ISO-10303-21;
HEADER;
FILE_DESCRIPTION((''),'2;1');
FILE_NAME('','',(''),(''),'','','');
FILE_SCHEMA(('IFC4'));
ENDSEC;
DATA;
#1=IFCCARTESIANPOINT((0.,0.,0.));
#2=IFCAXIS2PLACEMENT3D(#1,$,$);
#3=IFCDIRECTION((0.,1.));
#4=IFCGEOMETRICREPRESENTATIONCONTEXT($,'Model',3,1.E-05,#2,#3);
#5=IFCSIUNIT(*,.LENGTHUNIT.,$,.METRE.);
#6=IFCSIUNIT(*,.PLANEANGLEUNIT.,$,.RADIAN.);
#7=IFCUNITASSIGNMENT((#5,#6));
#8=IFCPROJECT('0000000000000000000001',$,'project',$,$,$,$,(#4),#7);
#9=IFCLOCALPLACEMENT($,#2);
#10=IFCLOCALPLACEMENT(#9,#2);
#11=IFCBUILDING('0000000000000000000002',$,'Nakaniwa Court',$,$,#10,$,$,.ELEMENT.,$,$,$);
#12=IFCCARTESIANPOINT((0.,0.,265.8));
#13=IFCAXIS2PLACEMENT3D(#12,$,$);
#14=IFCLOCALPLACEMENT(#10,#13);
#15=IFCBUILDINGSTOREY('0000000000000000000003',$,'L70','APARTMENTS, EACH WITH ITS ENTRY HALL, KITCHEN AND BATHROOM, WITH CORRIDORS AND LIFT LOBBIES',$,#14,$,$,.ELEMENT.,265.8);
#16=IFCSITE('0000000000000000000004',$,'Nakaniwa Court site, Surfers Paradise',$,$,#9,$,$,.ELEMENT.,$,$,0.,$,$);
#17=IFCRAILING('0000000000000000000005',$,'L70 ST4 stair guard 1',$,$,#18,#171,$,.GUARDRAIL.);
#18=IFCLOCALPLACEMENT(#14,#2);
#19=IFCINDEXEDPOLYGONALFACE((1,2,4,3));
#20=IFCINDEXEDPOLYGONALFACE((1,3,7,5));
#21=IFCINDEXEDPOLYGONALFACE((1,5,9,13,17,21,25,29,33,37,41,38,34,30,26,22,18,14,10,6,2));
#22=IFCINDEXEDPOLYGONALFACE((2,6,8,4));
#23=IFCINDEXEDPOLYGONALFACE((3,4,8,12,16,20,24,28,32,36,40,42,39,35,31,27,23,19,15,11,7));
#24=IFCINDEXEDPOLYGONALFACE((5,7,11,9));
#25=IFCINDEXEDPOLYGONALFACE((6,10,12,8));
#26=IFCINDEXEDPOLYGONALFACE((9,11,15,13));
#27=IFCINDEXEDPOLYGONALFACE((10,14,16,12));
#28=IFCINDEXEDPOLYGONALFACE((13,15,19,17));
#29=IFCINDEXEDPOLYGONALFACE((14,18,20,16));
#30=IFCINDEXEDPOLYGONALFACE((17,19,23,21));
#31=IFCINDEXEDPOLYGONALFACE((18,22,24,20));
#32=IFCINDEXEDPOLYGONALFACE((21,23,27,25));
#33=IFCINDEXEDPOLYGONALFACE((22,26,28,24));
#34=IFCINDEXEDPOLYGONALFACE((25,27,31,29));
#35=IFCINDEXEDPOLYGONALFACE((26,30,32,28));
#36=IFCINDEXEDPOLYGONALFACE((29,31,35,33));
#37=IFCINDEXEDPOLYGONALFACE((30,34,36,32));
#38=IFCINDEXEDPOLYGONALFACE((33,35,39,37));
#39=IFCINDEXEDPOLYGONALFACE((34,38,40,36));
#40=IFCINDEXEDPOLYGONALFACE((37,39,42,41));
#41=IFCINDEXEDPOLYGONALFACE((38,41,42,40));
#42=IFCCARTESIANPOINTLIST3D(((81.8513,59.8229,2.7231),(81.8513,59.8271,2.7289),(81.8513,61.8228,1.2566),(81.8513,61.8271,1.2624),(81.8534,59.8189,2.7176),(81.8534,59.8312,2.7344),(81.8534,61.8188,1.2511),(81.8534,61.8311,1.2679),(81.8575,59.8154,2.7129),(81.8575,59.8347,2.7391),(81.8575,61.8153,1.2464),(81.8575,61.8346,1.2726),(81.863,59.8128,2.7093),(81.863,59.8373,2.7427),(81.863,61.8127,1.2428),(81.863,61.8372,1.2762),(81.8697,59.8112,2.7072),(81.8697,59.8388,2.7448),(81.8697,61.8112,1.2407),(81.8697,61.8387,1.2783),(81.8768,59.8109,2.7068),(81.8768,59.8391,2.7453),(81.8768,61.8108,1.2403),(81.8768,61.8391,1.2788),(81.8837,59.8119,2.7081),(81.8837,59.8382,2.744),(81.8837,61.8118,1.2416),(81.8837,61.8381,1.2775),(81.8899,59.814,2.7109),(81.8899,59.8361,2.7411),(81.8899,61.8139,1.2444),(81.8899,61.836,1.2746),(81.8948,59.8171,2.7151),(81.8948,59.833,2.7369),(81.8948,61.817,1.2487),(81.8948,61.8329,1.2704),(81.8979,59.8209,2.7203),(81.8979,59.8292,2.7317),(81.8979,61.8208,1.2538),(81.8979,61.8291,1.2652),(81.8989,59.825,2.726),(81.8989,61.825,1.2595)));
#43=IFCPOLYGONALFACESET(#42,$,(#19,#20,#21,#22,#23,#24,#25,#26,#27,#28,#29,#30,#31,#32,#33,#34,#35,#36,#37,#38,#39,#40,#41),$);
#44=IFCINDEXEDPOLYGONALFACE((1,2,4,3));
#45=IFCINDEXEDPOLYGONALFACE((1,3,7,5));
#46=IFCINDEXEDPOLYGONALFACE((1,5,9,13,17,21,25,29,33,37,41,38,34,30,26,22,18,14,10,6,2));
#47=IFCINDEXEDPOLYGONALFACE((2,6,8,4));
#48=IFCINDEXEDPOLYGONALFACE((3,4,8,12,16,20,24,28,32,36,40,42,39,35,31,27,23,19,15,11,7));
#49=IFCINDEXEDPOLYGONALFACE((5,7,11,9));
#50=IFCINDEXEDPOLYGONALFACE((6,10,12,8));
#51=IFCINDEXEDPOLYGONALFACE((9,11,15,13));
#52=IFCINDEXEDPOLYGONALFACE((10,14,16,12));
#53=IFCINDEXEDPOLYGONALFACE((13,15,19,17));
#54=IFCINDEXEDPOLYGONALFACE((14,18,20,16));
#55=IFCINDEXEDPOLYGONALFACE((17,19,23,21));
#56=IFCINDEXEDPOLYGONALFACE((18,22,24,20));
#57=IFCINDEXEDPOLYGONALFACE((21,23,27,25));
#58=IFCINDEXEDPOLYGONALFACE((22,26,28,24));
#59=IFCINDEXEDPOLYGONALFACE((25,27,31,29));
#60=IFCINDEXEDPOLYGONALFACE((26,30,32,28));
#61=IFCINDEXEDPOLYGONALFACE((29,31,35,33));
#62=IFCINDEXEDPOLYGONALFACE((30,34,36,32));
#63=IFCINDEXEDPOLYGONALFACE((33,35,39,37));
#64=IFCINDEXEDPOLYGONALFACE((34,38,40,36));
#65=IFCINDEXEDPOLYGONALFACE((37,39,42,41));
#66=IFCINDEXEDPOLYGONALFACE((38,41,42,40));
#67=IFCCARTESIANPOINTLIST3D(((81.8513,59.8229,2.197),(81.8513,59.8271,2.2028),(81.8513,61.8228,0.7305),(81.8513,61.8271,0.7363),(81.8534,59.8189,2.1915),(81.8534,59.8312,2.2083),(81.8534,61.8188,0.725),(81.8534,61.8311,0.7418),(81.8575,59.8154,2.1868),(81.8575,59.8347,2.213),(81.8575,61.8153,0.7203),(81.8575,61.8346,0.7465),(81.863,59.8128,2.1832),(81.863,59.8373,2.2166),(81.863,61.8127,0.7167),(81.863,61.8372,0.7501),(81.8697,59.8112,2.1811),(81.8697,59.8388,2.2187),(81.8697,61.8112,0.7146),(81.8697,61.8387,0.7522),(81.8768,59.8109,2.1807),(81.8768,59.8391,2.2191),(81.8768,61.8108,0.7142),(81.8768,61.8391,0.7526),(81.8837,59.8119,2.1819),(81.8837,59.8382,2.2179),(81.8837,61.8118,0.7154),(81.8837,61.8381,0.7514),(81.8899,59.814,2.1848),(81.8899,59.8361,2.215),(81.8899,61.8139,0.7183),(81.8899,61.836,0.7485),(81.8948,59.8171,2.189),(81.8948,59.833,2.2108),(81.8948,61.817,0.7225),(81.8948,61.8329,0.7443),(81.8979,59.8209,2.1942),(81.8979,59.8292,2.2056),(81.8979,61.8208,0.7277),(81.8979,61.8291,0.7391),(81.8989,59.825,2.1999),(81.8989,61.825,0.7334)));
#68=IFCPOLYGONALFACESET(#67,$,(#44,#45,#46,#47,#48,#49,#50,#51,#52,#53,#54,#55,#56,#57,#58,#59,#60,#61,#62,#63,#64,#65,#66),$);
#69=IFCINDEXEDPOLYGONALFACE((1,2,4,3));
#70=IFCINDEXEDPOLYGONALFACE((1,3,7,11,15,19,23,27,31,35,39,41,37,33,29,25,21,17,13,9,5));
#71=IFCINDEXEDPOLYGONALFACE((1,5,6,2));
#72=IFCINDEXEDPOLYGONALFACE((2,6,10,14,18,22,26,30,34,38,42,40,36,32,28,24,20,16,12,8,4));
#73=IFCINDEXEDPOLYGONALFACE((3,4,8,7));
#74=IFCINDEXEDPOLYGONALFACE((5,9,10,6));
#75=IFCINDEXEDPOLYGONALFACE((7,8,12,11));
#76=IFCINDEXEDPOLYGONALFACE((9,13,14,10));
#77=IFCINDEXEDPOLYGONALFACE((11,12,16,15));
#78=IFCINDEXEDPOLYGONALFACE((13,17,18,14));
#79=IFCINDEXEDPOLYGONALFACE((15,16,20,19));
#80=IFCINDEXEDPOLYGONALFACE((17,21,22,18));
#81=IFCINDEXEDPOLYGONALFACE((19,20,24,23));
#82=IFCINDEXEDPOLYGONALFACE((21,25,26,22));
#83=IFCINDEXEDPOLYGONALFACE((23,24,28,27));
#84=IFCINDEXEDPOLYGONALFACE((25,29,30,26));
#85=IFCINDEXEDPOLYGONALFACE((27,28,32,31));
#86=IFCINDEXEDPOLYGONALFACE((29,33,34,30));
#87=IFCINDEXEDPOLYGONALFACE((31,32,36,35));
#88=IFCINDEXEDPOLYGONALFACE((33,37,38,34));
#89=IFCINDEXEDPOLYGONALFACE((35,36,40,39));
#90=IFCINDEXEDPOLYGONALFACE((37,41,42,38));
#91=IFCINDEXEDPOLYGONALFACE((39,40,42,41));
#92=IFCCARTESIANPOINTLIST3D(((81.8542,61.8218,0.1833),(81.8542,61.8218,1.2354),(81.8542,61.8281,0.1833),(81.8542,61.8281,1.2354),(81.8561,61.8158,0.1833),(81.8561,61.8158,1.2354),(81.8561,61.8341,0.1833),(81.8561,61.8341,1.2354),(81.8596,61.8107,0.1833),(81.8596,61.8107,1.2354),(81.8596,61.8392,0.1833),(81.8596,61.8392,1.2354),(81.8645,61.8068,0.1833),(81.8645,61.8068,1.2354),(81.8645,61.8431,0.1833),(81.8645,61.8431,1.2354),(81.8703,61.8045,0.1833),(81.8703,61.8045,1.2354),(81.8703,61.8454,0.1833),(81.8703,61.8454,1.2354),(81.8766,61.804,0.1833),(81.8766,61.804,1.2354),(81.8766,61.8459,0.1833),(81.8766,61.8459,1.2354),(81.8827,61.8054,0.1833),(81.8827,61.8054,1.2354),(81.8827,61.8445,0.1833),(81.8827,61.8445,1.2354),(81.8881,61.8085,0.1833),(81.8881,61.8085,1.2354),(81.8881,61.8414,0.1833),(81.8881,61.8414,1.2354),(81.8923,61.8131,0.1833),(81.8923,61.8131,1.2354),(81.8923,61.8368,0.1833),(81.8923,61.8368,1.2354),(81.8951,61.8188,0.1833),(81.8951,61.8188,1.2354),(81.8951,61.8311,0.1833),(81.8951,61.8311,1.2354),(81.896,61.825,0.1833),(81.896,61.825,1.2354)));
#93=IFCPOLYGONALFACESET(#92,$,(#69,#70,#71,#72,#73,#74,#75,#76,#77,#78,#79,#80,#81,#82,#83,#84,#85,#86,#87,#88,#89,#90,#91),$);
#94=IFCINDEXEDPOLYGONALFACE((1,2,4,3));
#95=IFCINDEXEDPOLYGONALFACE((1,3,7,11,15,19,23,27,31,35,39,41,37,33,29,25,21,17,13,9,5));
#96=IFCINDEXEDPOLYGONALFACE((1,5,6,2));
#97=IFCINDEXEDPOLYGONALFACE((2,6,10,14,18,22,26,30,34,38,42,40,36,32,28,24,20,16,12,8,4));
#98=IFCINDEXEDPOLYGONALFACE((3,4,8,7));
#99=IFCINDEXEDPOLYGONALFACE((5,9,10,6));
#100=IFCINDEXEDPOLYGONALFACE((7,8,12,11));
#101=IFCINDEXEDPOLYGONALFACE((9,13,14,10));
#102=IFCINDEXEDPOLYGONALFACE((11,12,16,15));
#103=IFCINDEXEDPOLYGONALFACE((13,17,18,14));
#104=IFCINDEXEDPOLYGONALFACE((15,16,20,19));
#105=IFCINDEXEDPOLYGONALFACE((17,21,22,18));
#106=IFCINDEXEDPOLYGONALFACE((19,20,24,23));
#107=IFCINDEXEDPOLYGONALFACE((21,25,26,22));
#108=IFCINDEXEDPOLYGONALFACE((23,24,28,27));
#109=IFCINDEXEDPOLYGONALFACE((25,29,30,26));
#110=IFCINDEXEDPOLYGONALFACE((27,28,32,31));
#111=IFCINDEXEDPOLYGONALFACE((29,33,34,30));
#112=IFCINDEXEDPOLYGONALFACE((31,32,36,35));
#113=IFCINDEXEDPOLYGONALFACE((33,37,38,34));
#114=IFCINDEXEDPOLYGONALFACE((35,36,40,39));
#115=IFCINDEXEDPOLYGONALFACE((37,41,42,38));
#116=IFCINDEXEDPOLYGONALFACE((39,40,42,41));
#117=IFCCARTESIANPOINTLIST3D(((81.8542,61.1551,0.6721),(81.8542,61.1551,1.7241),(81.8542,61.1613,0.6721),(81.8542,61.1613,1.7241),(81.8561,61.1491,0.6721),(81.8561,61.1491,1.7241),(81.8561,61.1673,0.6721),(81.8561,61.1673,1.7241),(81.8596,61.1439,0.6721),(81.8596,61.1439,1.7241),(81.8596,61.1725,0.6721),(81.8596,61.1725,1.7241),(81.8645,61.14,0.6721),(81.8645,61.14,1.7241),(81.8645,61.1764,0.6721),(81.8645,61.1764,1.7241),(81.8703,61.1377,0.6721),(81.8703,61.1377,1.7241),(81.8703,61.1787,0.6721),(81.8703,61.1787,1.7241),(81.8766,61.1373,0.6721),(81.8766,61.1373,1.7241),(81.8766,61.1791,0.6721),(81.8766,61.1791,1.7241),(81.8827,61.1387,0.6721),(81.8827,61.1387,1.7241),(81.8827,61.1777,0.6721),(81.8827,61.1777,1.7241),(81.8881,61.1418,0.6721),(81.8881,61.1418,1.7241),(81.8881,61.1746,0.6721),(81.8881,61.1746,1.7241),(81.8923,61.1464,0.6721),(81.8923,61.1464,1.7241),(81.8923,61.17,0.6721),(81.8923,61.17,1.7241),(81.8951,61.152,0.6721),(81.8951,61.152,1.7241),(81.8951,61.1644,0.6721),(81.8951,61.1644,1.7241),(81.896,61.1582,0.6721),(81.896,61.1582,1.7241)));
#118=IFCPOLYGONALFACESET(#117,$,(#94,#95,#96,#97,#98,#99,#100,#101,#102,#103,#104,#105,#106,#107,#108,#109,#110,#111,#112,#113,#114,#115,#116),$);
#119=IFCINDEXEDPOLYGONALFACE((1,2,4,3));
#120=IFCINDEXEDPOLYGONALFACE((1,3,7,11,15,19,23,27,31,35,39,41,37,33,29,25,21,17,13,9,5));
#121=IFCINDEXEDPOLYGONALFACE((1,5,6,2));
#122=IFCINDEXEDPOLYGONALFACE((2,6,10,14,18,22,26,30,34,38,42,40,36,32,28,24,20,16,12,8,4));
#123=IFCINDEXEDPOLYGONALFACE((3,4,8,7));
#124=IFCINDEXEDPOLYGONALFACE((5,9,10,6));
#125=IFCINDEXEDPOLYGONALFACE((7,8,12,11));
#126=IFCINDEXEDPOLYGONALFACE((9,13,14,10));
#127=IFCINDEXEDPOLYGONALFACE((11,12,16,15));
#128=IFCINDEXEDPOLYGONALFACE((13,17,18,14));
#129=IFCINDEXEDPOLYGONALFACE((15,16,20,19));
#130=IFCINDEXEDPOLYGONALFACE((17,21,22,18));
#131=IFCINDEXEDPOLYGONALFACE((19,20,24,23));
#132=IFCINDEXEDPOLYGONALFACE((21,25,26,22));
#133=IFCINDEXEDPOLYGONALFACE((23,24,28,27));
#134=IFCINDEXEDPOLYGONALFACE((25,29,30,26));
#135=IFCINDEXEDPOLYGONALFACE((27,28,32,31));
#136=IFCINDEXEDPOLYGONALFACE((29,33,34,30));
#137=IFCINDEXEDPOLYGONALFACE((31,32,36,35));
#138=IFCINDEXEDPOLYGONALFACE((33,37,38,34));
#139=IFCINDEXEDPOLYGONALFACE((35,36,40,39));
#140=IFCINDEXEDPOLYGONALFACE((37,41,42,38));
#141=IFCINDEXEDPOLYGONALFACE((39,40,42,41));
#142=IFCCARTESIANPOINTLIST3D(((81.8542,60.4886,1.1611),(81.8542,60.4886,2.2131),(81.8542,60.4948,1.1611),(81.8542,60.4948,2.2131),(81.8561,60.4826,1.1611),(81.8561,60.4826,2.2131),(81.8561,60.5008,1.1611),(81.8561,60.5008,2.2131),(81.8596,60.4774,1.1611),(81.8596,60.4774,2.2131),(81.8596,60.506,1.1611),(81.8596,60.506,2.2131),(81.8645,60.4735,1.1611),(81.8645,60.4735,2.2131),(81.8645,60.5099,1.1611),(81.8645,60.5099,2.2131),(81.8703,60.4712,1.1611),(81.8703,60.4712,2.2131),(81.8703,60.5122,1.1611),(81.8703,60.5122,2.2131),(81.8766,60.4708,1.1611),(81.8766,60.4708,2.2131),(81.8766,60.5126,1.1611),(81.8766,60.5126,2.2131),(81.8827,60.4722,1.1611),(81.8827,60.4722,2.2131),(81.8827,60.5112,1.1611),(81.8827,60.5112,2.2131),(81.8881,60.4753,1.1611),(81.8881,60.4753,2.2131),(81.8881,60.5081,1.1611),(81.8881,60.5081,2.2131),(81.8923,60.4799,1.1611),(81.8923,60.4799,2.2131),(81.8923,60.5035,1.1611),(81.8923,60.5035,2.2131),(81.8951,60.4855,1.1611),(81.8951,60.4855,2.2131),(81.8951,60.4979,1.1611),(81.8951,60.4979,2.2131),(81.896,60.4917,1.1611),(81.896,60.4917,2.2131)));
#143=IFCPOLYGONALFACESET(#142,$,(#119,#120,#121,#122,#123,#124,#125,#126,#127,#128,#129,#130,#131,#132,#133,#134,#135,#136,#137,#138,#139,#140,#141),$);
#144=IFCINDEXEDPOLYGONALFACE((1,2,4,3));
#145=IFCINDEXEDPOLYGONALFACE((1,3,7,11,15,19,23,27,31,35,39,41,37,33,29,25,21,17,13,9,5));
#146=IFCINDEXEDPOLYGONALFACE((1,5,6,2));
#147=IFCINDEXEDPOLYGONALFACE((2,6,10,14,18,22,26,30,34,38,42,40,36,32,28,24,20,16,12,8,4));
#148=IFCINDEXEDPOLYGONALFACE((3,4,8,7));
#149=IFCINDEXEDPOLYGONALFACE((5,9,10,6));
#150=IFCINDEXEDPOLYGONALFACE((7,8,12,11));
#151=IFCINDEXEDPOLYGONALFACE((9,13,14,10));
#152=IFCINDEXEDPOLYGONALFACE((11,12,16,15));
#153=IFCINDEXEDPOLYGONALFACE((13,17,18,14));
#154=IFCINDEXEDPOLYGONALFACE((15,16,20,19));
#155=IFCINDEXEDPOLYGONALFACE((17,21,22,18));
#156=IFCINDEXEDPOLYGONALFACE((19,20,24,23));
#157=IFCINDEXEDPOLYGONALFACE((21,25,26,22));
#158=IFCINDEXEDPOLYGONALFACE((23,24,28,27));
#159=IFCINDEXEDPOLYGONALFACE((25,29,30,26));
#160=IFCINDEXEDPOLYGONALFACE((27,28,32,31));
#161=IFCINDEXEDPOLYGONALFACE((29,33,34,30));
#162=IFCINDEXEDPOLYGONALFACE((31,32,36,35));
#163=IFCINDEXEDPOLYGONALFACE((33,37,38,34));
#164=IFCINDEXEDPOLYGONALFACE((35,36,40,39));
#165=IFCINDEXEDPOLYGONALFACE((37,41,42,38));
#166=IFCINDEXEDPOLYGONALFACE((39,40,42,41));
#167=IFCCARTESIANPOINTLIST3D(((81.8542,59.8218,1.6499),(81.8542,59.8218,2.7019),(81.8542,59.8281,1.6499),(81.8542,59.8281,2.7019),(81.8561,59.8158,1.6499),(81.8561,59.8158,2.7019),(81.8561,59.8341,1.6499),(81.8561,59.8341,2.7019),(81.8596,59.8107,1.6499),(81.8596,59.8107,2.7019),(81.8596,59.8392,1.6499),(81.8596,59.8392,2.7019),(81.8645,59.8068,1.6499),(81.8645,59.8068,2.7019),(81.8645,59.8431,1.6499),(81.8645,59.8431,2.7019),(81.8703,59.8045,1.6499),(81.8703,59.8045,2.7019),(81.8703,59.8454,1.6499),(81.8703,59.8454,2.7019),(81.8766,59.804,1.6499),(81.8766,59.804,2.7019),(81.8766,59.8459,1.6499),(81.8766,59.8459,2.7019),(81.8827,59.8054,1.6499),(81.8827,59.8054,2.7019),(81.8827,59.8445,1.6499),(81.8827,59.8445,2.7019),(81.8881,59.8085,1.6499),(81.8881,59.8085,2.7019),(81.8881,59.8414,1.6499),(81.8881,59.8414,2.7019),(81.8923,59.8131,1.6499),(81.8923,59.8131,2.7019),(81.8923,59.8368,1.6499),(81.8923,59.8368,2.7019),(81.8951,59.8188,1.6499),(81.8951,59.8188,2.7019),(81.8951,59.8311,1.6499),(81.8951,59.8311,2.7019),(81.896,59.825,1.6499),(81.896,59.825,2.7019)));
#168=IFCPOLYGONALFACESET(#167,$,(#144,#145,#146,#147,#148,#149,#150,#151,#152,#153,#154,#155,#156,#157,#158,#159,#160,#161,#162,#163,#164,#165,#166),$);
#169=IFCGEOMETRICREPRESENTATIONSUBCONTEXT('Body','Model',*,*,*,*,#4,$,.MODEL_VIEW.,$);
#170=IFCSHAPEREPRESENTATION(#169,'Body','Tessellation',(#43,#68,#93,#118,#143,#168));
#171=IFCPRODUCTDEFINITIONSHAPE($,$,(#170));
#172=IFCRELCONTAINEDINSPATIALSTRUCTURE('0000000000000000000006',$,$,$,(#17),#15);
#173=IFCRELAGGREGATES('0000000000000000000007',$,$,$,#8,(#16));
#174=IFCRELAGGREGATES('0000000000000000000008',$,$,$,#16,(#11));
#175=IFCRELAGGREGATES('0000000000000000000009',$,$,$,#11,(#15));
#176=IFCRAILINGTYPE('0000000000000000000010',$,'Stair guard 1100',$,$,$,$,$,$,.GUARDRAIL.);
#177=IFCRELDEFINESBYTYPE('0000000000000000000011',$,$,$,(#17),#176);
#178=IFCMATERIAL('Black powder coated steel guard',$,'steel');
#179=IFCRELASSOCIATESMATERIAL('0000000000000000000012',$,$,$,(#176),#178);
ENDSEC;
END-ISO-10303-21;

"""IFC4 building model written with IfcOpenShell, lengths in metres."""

from ifc_helpers import new_model, si_unit, direction, frame, origin, origin_2d, place, context, subcontext, project, spatial, circle, extrude, material, type_object, element, save


model = new_model("IFC4")

# Units and contexts
model_context = context("Model", 3, precision=1e-05, world=origin(), true_north=direction((0.0, 1.0)))
body_context = subcontext(model_context, "Body", "Model", "MODEL_VIEW")
ifc_project = project(units=[si_unit("LENGTHUNIT", "METRE"), si_unit("PLANEANGLEUNIT", "RADIAN")], contexts=[model_context])

# Site, building, storey
site_placement = place(None, origin())
site = spatial("IfcSite", under=ifc_project, at=site_placement, Name="Nakaniwa Court site, Surfers Paradise", CompositionType="ELEMENT", RefElevation=0.0)
building_placement = place(site_placement, origin())
building = spatial("IfcBuilding", under=site, at=building_placement, Name="Nakaniwa Court", CompositionType="ELEMENT")
storey_placement = place(building_placement, frame((0.0, 0.0, 265.8)))
storey = spatial("IfcBuildingStorey", under=building, at=storey_placement, Name="L70", Description="APARTMENTS, EACH WITH ITS ENTRY HALL, KITCHEN AND BATHROOM, WITH CORRIDORS AND LIFT LOBBIES", CompositionType="ELEMENT", Elevation=265.8)

# Railing
ifc_material_1 = material(Name="Black powder coated steel guard", Category="steel")
railing_type_1 = type_object("IfcRailingType", Name="Stair guard 1100", PredefinedType="GUARDRAIL", material=ifc_material_1)
railing_1_placement = place(storey_placement, frame((81.875, 61.825, 0.1833)))
element("IfcRailing", 1, at=railing_1_placement, inside=storey, type_object=railing_type_1, Name="L70 ST4 stair guard 1", PredefinedType="GUARDRAIL", context=body_context, shape_type="SweptSolid", body=[
    extrude(circle(Radius=0.0239, at=origin_2d()), frame((0.0, 0.0, 1.0762), z_axis=(0.0, -0.806427, 0.591334), x_axis=(1.0, 0.0, 0.0)), (0.0, 0.0, 1.0), 2.48),
    extrude(circle(Radius=0.0239, at=origin_2d()), frame((0.0, 0.0, 0.55), z_axis=(0.0, -0.806427, 0.591334), x_axis=(1.0, 0.0, 0.0)), (0.0, 0.0, 1.0), 2.48),
    extrude(circle(Radius=0.021, at=origin_2d()), origin(), (0.0, 0.0, 1.0), 1.052),
    extrude(circle(Radius=0.021, at=origin_2d()), frame((0.0, -0.6667, 0.4888)), (0.0, 0.0, 1.0), 1.052),
    extrude(circle(Radius=0.021, at=origin_2d()), frame((0.0, -1.3333, 0.9778)), (0.0, 0.0, 1.0), 1.052),
    extrude(circle(Radius=0.021, at=origin_2d()), frame((0.0, -2.0, 1.4666)), (0.0, 0.0, 1.0), 1.052),
])

save(model, "model.ifc")
